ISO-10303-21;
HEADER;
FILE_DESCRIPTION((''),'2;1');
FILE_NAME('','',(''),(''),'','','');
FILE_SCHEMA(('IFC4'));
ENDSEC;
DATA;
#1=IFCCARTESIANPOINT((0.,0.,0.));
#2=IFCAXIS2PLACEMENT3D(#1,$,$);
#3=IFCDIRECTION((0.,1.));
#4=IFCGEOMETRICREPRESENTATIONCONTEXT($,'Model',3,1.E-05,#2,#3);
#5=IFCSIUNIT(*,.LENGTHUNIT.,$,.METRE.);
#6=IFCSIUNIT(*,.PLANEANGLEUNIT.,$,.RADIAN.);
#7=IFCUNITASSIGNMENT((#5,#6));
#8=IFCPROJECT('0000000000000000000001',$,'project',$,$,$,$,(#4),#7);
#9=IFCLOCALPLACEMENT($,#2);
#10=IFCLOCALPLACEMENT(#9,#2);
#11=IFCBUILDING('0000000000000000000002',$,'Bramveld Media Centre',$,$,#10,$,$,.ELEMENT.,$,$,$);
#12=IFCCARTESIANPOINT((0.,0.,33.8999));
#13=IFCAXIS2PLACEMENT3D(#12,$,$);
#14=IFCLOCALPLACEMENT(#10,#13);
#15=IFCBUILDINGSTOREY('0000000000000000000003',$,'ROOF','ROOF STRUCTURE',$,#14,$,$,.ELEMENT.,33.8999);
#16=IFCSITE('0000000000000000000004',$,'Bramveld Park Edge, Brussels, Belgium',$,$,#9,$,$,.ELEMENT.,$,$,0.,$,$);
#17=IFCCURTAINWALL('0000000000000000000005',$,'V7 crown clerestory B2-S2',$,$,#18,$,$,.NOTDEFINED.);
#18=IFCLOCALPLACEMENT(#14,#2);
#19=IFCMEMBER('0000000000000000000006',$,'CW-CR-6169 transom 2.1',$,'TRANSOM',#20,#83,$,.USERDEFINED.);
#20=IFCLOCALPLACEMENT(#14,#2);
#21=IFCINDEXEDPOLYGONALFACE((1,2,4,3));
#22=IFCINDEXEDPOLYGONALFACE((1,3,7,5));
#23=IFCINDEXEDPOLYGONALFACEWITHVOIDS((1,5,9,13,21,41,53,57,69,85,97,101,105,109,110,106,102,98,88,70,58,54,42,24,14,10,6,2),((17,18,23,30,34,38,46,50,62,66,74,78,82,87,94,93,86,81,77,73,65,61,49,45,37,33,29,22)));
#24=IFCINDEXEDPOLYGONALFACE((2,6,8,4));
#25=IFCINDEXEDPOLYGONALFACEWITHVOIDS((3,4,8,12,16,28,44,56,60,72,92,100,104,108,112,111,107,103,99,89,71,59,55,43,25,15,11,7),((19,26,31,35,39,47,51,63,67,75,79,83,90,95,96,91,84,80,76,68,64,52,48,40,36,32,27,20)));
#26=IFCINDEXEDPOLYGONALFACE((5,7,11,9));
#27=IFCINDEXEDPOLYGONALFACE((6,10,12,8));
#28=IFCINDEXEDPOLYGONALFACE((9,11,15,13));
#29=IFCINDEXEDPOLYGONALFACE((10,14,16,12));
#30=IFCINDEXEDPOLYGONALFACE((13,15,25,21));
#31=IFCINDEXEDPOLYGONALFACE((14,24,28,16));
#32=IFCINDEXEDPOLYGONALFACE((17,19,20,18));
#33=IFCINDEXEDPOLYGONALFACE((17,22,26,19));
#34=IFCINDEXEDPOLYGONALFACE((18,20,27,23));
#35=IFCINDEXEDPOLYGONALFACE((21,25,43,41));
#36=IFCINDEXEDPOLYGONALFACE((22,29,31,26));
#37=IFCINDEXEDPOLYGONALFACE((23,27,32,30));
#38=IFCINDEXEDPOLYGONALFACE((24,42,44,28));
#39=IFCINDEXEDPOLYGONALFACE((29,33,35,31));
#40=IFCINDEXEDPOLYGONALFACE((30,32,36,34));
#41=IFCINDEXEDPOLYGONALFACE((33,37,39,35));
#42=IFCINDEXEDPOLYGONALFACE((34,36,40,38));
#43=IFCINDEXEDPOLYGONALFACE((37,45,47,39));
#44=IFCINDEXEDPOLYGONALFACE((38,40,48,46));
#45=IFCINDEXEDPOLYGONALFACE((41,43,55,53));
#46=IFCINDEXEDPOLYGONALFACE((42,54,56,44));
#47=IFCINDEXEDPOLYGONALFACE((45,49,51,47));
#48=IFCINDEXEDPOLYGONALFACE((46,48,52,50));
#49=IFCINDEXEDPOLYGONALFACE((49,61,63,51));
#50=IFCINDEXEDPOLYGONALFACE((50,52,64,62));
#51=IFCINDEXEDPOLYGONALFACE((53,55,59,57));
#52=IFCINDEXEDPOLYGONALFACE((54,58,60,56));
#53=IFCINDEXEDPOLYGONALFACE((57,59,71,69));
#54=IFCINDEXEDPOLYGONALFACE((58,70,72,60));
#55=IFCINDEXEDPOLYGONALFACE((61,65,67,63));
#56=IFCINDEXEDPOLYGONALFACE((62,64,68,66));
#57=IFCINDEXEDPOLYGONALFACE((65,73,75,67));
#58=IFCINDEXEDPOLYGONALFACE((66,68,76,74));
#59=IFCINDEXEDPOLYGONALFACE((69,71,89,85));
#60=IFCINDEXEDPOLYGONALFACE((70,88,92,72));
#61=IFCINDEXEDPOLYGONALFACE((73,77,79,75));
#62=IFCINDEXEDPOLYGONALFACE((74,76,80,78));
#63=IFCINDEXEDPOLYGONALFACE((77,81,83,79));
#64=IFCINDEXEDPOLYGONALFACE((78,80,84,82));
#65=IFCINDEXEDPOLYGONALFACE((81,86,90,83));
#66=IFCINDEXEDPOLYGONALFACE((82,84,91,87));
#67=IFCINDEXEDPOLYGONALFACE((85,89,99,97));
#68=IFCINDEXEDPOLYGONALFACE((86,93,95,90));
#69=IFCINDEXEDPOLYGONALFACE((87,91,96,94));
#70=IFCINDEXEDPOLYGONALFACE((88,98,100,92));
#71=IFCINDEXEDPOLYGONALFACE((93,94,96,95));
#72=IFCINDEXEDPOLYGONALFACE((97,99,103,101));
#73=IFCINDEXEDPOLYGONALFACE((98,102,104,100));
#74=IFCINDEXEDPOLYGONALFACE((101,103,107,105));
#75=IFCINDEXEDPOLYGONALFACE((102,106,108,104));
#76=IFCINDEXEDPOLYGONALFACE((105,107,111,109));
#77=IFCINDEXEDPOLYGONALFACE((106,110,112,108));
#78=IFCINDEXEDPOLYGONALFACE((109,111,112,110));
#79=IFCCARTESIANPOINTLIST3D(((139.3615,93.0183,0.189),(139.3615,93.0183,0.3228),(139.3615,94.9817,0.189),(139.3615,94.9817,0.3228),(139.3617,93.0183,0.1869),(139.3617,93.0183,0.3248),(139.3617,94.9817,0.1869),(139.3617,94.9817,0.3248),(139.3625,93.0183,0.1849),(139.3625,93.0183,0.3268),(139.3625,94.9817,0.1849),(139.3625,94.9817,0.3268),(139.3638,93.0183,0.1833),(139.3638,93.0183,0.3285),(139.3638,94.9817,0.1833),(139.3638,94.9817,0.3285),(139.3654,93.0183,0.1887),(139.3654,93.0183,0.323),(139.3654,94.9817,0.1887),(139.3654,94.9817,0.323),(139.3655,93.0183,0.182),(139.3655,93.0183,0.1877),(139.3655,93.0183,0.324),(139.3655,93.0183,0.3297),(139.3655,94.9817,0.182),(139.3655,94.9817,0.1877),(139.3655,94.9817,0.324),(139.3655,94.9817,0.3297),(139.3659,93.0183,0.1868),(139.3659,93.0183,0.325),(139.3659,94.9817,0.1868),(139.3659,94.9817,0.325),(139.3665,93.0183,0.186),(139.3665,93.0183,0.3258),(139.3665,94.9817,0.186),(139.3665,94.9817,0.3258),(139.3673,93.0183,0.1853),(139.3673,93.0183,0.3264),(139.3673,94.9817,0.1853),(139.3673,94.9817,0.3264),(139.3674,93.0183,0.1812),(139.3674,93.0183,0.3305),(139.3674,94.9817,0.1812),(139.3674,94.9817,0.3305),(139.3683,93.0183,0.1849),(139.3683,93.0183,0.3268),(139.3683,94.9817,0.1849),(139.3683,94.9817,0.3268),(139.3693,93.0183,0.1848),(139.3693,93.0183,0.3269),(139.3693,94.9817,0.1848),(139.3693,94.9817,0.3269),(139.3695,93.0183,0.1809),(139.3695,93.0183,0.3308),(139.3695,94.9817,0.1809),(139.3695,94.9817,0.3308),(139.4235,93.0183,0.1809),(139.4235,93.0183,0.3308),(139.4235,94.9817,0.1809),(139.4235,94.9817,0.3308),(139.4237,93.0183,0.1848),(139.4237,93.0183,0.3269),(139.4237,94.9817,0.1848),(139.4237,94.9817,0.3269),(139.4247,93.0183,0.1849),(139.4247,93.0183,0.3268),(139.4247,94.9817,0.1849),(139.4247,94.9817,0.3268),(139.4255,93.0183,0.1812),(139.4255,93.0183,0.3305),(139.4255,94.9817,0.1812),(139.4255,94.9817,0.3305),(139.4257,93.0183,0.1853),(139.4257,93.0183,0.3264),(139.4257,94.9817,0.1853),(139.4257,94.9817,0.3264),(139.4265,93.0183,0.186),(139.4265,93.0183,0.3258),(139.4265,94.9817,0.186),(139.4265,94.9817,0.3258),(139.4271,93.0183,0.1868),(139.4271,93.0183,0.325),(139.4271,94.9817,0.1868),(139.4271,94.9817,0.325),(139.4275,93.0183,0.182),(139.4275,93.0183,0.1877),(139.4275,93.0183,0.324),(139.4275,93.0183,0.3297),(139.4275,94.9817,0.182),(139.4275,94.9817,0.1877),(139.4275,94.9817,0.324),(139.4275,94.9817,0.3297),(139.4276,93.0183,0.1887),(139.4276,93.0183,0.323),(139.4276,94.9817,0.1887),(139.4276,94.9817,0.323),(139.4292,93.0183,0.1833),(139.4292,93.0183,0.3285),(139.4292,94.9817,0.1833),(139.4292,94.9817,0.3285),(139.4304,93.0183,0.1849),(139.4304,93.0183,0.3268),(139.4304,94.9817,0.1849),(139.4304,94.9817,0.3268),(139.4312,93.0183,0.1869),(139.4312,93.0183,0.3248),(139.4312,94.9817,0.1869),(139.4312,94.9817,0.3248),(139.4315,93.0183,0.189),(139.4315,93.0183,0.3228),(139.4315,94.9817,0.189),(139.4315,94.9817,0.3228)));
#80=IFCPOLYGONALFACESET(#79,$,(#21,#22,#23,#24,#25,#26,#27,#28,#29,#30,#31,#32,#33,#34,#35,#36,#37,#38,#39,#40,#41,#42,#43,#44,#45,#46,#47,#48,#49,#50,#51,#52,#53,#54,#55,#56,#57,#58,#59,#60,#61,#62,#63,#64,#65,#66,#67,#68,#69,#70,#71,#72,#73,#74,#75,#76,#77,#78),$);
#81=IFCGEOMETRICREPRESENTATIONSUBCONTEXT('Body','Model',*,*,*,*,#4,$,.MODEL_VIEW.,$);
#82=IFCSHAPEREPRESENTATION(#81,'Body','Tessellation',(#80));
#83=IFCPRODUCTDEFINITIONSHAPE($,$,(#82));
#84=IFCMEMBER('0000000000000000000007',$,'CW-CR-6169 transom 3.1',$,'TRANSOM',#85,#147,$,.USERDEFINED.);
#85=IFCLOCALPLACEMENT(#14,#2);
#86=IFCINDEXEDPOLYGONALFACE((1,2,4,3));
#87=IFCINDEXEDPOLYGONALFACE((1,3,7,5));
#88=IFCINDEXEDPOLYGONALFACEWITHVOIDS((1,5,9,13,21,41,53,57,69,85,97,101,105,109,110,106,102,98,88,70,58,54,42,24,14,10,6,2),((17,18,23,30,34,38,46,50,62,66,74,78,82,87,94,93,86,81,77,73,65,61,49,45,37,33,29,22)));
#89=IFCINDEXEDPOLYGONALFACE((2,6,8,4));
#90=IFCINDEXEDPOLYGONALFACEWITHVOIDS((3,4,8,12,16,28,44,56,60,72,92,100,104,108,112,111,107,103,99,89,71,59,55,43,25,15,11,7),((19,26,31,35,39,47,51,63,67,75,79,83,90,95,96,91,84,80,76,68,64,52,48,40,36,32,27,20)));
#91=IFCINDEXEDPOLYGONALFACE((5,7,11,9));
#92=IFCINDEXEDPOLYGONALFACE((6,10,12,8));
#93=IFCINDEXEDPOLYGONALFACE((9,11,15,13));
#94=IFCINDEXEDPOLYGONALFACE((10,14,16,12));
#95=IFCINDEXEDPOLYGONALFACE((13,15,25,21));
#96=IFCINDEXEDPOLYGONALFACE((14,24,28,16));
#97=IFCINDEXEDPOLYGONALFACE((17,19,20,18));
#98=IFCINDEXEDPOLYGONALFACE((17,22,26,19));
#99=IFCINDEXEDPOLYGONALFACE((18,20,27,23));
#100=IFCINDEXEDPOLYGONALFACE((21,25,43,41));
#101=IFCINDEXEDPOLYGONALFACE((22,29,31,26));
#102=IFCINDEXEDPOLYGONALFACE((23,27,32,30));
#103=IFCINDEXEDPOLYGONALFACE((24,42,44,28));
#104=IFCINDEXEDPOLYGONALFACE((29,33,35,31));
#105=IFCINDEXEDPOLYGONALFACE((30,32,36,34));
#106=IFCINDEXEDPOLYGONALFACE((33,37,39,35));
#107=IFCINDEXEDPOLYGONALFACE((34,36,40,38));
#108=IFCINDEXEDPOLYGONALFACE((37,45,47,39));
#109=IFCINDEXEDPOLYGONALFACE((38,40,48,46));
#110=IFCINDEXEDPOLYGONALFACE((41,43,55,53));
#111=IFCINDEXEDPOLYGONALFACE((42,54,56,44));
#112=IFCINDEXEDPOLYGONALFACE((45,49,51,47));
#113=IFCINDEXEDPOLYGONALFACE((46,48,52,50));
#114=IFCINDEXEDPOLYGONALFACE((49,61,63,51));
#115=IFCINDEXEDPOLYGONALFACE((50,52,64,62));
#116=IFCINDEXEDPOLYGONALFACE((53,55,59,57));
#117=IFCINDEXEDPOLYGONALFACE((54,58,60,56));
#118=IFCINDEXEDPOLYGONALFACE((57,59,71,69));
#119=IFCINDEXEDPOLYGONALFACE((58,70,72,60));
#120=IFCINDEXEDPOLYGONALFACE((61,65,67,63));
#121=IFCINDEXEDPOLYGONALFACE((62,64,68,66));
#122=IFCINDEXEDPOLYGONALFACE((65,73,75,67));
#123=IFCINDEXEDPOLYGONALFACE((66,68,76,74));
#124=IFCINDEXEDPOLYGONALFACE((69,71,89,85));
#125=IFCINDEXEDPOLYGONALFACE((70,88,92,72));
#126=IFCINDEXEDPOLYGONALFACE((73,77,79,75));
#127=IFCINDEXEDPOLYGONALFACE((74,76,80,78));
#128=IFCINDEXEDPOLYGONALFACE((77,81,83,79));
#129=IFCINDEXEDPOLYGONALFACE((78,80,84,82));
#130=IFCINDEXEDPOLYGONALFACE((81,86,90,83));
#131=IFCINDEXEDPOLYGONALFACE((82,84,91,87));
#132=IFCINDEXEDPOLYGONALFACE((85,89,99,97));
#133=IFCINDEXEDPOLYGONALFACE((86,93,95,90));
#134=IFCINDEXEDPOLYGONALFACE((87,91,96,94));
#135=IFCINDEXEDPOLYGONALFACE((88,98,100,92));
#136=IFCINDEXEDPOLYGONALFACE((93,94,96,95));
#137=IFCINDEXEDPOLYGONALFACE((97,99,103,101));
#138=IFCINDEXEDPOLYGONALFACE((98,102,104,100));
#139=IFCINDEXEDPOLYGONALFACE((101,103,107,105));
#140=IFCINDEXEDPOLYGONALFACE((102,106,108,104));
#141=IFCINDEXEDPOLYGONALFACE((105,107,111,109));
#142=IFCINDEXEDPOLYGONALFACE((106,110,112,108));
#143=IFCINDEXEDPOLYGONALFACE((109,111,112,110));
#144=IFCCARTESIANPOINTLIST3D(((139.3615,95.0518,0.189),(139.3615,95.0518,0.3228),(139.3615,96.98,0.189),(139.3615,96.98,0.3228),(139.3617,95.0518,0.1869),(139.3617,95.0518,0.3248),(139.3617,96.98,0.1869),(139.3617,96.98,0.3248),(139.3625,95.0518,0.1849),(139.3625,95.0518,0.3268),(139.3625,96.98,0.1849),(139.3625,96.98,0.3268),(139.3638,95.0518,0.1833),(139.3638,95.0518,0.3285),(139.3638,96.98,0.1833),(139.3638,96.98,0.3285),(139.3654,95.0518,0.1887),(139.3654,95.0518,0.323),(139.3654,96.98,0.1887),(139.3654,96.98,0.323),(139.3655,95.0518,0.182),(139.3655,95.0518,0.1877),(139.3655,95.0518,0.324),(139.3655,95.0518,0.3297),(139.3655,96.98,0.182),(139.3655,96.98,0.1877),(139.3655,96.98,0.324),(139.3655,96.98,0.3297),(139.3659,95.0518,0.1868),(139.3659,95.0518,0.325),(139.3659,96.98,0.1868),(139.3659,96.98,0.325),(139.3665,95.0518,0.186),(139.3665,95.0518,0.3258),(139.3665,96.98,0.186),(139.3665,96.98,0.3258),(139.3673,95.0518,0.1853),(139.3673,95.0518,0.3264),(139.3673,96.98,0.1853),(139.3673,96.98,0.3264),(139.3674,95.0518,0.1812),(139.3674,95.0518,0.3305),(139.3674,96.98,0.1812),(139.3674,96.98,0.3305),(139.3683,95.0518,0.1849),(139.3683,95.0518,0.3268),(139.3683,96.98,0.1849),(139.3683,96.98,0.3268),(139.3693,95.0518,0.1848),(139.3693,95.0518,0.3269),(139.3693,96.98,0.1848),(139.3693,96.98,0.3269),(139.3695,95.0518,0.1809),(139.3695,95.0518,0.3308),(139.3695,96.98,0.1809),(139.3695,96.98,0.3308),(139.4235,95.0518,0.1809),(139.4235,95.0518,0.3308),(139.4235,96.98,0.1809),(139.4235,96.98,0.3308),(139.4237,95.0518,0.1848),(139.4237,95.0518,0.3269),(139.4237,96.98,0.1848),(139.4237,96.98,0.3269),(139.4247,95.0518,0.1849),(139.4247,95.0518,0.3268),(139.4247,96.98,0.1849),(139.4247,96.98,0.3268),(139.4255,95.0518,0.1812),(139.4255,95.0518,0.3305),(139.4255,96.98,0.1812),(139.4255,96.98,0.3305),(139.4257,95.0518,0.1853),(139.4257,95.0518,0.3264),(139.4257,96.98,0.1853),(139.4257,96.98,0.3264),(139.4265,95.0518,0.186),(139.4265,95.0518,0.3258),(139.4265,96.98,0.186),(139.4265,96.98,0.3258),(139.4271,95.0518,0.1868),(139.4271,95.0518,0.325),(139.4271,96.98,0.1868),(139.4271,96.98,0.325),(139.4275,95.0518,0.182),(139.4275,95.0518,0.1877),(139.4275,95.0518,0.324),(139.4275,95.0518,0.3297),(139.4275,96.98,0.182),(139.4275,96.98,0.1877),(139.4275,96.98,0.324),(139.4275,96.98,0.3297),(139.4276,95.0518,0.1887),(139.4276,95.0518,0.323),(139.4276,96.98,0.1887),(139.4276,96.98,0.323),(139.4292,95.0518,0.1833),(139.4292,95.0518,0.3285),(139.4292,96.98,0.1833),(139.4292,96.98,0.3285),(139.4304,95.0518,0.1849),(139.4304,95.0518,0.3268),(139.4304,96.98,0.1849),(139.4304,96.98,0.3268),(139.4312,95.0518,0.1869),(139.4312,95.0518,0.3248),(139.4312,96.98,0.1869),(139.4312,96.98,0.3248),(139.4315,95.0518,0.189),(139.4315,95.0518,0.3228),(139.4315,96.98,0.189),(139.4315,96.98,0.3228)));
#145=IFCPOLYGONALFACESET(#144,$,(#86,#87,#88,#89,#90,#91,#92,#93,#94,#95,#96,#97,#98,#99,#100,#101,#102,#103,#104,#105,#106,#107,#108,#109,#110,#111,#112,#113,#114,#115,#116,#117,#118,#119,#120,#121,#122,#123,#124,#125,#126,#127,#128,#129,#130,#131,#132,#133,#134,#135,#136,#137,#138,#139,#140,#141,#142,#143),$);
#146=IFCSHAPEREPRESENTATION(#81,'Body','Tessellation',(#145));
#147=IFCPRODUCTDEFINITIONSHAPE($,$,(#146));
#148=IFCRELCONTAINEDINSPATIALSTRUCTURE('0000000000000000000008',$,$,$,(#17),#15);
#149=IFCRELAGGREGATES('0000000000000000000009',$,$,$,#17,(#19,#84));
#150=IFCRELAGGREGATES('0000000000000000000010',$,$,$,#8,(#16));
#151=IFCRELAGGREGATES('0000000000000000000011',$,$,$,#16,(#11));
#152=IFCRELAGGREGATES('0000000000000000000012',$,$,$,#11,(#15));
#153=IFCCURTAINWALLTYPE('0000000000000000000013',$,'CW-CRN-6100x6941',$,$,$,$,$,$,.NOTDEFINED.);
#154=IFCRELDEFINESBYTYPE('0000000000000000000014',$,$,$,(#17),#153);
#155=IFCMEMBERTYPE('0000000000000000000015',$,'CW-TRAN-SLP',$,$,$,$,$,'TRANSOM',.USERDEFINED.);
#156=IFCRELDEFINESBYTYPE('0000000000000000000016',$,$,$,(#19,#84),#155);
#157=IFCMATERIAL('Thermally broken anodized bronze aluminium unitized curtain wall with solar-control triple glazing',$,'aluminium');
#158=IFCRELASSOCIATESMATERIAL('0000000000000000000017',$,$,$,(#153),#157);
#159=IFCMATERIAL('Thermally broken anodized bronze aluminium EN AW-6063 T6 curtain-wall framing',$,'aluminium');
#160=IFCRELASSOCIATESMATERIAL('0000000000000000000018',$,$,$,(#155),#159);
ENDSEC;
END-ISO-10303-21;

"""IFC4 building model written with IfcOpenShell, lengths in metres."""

from ifc_helpers import new_model, si_unit, direction, frame, origin, origin_2d, place, context, subcontext, project, spatial, hollow_rectangle, extrude, material, material_profile, profile_set, type_object, element, aggregate, save


model = new_model("IFC4")

# Units and contexts
model_context = context("Model", 3, precision=1e-05, world=origin(), true_north=direction((0.0, 1.0)))
body_context = subcontext(model_context, "Body", "Model", "MODEL_VIEW")
ifc_project = project(units=[si_unit("LENGTHUNIT", "METRE"), si_unit("PLANEANGLEUNIT", "RADIAN")], contexts=[model_context])

# Site, building, storey
site_placement = place(None, origin())
site = spatial("IfcSite", under=ifc_project, at=site_placement, Name="Bramveld Park Edge, Brussels, Belgium", CompositionType="ELEMENT", RefElevation=0.0)
building_placement = place(site_placement, origin())
building = spatial("IfcBuilding", under=site, at=building_placement, Name="Bramveld Media Centre", CompositionType="ELEMENT")
storey_placement = place(building_placement, frame((0.0, 0.0, 33.8999)))
storey = spatial("IfcBuildingStorey", under=building, at=storey_placement, Name="ROOF", Description="ROOF STRUCTURE", CompositionType="ELEMENT", Elevation=33.8999)

# Curtain wall
ifc_material_1 = material(Name="Thermally broken anodized bronze aluminium unitized curtain wall with solar-control triple glazing", Category="aluminium")
curtain_wall_type = type_object("IfcCurtainWallType", Name="CW-CRN-6100x6941", PredefinedType="NOTDEFINED", material=ifc_material_1)
curtain_wall_1_placement = place(storey_placement, origin())
curtain_wall_1 = element("IfcCurtainWall", 1, at=curtain_wall_1_placement, inside=storey, type_object=curtain_wall_type, Name="V7 crown clerestory B2-S2", PredefinedType="NOTDEFINED")

# Members
ifc_material_2 = material(Name="Thermally broken anodized bronze aluminium EN AW-6063 T6 curtain-wall framing", Category="aluminium")
ifc_material_profile_1 = material_profile(ifc_material_2, hollow_rectangle(XDim=0.0701, YDim=0.1499, WallThickness=0.0039, InnerFilletRadius=0.0039, OuterFilletRadius=0.0081, at=origin_2d()), Name="AL-TRAN 70x150")
ifc_profile_set_1 = profile_set([ifc_material_profile_1], Name="Thermally broken anodized bronze aluminium EN AW-6063 T6 curtain-wall framing")
member_type_1 = type_object("IfcMemberType", Name="CW-TRAN-SLP", ElementType="TRANSOM", PredefinedType="USERDEFINED", material=ifc_profile_set_1)
member_1_placement = place(storey_placement, frame((139.3965, 93.0183, 0.2559), z_axis=(0.0, 1.0, 0.0), x_axis=(-1.0, 0.0, 0.0)))
member_1 = element("IfcMember", 2, at=member_1_placement, type_object=member_type_1, Name="CW-CR-6169 transom 2.1", ObjectType="TRANSOM", PredefinedType="USERDEFINED", context=body_context, shape_type="SweptSolid", body=[
    extrude(hollow_rectangle(XDim=0.0701, YDim=0.1499, WallThickness=0.0039, InnerFilletRadius=0.0039, OuterFilletRadius=0.0081, at=origin_2d()), origin(), (0.0, 0.0, 1.0), 1.9634),
])
member_2_placement = place(storey_placement, frame((139.3965, 95.0518, 0.2559), z_axis=(0.0, 1.0, 0.0), x_axis=(-1.0, 0.0, 0.0)))
member_2 = element("IfcMember", 3, at=member_2_placement, type_object=member_type_1, Name="CW-CR-6169 transom 3.1", ObjectType="TRANSOM", PredefinedType="USERDEFINED", context=body_context, shape_type="SweptSolid", body=[
    extrude(hollow_rectangle(XDim=0.0701, YDim=0.1499, WallThickness=0.0039, InnerFilletRadius=0.0039, OuterFilletRadius=0.0081, at=origin_2d()), origin(), (0.0, 0.0, 1.0), 1.9282),
])

aggregate(curtain_wall_1, [member_1, member_2])

save(model, "model.ifc")
